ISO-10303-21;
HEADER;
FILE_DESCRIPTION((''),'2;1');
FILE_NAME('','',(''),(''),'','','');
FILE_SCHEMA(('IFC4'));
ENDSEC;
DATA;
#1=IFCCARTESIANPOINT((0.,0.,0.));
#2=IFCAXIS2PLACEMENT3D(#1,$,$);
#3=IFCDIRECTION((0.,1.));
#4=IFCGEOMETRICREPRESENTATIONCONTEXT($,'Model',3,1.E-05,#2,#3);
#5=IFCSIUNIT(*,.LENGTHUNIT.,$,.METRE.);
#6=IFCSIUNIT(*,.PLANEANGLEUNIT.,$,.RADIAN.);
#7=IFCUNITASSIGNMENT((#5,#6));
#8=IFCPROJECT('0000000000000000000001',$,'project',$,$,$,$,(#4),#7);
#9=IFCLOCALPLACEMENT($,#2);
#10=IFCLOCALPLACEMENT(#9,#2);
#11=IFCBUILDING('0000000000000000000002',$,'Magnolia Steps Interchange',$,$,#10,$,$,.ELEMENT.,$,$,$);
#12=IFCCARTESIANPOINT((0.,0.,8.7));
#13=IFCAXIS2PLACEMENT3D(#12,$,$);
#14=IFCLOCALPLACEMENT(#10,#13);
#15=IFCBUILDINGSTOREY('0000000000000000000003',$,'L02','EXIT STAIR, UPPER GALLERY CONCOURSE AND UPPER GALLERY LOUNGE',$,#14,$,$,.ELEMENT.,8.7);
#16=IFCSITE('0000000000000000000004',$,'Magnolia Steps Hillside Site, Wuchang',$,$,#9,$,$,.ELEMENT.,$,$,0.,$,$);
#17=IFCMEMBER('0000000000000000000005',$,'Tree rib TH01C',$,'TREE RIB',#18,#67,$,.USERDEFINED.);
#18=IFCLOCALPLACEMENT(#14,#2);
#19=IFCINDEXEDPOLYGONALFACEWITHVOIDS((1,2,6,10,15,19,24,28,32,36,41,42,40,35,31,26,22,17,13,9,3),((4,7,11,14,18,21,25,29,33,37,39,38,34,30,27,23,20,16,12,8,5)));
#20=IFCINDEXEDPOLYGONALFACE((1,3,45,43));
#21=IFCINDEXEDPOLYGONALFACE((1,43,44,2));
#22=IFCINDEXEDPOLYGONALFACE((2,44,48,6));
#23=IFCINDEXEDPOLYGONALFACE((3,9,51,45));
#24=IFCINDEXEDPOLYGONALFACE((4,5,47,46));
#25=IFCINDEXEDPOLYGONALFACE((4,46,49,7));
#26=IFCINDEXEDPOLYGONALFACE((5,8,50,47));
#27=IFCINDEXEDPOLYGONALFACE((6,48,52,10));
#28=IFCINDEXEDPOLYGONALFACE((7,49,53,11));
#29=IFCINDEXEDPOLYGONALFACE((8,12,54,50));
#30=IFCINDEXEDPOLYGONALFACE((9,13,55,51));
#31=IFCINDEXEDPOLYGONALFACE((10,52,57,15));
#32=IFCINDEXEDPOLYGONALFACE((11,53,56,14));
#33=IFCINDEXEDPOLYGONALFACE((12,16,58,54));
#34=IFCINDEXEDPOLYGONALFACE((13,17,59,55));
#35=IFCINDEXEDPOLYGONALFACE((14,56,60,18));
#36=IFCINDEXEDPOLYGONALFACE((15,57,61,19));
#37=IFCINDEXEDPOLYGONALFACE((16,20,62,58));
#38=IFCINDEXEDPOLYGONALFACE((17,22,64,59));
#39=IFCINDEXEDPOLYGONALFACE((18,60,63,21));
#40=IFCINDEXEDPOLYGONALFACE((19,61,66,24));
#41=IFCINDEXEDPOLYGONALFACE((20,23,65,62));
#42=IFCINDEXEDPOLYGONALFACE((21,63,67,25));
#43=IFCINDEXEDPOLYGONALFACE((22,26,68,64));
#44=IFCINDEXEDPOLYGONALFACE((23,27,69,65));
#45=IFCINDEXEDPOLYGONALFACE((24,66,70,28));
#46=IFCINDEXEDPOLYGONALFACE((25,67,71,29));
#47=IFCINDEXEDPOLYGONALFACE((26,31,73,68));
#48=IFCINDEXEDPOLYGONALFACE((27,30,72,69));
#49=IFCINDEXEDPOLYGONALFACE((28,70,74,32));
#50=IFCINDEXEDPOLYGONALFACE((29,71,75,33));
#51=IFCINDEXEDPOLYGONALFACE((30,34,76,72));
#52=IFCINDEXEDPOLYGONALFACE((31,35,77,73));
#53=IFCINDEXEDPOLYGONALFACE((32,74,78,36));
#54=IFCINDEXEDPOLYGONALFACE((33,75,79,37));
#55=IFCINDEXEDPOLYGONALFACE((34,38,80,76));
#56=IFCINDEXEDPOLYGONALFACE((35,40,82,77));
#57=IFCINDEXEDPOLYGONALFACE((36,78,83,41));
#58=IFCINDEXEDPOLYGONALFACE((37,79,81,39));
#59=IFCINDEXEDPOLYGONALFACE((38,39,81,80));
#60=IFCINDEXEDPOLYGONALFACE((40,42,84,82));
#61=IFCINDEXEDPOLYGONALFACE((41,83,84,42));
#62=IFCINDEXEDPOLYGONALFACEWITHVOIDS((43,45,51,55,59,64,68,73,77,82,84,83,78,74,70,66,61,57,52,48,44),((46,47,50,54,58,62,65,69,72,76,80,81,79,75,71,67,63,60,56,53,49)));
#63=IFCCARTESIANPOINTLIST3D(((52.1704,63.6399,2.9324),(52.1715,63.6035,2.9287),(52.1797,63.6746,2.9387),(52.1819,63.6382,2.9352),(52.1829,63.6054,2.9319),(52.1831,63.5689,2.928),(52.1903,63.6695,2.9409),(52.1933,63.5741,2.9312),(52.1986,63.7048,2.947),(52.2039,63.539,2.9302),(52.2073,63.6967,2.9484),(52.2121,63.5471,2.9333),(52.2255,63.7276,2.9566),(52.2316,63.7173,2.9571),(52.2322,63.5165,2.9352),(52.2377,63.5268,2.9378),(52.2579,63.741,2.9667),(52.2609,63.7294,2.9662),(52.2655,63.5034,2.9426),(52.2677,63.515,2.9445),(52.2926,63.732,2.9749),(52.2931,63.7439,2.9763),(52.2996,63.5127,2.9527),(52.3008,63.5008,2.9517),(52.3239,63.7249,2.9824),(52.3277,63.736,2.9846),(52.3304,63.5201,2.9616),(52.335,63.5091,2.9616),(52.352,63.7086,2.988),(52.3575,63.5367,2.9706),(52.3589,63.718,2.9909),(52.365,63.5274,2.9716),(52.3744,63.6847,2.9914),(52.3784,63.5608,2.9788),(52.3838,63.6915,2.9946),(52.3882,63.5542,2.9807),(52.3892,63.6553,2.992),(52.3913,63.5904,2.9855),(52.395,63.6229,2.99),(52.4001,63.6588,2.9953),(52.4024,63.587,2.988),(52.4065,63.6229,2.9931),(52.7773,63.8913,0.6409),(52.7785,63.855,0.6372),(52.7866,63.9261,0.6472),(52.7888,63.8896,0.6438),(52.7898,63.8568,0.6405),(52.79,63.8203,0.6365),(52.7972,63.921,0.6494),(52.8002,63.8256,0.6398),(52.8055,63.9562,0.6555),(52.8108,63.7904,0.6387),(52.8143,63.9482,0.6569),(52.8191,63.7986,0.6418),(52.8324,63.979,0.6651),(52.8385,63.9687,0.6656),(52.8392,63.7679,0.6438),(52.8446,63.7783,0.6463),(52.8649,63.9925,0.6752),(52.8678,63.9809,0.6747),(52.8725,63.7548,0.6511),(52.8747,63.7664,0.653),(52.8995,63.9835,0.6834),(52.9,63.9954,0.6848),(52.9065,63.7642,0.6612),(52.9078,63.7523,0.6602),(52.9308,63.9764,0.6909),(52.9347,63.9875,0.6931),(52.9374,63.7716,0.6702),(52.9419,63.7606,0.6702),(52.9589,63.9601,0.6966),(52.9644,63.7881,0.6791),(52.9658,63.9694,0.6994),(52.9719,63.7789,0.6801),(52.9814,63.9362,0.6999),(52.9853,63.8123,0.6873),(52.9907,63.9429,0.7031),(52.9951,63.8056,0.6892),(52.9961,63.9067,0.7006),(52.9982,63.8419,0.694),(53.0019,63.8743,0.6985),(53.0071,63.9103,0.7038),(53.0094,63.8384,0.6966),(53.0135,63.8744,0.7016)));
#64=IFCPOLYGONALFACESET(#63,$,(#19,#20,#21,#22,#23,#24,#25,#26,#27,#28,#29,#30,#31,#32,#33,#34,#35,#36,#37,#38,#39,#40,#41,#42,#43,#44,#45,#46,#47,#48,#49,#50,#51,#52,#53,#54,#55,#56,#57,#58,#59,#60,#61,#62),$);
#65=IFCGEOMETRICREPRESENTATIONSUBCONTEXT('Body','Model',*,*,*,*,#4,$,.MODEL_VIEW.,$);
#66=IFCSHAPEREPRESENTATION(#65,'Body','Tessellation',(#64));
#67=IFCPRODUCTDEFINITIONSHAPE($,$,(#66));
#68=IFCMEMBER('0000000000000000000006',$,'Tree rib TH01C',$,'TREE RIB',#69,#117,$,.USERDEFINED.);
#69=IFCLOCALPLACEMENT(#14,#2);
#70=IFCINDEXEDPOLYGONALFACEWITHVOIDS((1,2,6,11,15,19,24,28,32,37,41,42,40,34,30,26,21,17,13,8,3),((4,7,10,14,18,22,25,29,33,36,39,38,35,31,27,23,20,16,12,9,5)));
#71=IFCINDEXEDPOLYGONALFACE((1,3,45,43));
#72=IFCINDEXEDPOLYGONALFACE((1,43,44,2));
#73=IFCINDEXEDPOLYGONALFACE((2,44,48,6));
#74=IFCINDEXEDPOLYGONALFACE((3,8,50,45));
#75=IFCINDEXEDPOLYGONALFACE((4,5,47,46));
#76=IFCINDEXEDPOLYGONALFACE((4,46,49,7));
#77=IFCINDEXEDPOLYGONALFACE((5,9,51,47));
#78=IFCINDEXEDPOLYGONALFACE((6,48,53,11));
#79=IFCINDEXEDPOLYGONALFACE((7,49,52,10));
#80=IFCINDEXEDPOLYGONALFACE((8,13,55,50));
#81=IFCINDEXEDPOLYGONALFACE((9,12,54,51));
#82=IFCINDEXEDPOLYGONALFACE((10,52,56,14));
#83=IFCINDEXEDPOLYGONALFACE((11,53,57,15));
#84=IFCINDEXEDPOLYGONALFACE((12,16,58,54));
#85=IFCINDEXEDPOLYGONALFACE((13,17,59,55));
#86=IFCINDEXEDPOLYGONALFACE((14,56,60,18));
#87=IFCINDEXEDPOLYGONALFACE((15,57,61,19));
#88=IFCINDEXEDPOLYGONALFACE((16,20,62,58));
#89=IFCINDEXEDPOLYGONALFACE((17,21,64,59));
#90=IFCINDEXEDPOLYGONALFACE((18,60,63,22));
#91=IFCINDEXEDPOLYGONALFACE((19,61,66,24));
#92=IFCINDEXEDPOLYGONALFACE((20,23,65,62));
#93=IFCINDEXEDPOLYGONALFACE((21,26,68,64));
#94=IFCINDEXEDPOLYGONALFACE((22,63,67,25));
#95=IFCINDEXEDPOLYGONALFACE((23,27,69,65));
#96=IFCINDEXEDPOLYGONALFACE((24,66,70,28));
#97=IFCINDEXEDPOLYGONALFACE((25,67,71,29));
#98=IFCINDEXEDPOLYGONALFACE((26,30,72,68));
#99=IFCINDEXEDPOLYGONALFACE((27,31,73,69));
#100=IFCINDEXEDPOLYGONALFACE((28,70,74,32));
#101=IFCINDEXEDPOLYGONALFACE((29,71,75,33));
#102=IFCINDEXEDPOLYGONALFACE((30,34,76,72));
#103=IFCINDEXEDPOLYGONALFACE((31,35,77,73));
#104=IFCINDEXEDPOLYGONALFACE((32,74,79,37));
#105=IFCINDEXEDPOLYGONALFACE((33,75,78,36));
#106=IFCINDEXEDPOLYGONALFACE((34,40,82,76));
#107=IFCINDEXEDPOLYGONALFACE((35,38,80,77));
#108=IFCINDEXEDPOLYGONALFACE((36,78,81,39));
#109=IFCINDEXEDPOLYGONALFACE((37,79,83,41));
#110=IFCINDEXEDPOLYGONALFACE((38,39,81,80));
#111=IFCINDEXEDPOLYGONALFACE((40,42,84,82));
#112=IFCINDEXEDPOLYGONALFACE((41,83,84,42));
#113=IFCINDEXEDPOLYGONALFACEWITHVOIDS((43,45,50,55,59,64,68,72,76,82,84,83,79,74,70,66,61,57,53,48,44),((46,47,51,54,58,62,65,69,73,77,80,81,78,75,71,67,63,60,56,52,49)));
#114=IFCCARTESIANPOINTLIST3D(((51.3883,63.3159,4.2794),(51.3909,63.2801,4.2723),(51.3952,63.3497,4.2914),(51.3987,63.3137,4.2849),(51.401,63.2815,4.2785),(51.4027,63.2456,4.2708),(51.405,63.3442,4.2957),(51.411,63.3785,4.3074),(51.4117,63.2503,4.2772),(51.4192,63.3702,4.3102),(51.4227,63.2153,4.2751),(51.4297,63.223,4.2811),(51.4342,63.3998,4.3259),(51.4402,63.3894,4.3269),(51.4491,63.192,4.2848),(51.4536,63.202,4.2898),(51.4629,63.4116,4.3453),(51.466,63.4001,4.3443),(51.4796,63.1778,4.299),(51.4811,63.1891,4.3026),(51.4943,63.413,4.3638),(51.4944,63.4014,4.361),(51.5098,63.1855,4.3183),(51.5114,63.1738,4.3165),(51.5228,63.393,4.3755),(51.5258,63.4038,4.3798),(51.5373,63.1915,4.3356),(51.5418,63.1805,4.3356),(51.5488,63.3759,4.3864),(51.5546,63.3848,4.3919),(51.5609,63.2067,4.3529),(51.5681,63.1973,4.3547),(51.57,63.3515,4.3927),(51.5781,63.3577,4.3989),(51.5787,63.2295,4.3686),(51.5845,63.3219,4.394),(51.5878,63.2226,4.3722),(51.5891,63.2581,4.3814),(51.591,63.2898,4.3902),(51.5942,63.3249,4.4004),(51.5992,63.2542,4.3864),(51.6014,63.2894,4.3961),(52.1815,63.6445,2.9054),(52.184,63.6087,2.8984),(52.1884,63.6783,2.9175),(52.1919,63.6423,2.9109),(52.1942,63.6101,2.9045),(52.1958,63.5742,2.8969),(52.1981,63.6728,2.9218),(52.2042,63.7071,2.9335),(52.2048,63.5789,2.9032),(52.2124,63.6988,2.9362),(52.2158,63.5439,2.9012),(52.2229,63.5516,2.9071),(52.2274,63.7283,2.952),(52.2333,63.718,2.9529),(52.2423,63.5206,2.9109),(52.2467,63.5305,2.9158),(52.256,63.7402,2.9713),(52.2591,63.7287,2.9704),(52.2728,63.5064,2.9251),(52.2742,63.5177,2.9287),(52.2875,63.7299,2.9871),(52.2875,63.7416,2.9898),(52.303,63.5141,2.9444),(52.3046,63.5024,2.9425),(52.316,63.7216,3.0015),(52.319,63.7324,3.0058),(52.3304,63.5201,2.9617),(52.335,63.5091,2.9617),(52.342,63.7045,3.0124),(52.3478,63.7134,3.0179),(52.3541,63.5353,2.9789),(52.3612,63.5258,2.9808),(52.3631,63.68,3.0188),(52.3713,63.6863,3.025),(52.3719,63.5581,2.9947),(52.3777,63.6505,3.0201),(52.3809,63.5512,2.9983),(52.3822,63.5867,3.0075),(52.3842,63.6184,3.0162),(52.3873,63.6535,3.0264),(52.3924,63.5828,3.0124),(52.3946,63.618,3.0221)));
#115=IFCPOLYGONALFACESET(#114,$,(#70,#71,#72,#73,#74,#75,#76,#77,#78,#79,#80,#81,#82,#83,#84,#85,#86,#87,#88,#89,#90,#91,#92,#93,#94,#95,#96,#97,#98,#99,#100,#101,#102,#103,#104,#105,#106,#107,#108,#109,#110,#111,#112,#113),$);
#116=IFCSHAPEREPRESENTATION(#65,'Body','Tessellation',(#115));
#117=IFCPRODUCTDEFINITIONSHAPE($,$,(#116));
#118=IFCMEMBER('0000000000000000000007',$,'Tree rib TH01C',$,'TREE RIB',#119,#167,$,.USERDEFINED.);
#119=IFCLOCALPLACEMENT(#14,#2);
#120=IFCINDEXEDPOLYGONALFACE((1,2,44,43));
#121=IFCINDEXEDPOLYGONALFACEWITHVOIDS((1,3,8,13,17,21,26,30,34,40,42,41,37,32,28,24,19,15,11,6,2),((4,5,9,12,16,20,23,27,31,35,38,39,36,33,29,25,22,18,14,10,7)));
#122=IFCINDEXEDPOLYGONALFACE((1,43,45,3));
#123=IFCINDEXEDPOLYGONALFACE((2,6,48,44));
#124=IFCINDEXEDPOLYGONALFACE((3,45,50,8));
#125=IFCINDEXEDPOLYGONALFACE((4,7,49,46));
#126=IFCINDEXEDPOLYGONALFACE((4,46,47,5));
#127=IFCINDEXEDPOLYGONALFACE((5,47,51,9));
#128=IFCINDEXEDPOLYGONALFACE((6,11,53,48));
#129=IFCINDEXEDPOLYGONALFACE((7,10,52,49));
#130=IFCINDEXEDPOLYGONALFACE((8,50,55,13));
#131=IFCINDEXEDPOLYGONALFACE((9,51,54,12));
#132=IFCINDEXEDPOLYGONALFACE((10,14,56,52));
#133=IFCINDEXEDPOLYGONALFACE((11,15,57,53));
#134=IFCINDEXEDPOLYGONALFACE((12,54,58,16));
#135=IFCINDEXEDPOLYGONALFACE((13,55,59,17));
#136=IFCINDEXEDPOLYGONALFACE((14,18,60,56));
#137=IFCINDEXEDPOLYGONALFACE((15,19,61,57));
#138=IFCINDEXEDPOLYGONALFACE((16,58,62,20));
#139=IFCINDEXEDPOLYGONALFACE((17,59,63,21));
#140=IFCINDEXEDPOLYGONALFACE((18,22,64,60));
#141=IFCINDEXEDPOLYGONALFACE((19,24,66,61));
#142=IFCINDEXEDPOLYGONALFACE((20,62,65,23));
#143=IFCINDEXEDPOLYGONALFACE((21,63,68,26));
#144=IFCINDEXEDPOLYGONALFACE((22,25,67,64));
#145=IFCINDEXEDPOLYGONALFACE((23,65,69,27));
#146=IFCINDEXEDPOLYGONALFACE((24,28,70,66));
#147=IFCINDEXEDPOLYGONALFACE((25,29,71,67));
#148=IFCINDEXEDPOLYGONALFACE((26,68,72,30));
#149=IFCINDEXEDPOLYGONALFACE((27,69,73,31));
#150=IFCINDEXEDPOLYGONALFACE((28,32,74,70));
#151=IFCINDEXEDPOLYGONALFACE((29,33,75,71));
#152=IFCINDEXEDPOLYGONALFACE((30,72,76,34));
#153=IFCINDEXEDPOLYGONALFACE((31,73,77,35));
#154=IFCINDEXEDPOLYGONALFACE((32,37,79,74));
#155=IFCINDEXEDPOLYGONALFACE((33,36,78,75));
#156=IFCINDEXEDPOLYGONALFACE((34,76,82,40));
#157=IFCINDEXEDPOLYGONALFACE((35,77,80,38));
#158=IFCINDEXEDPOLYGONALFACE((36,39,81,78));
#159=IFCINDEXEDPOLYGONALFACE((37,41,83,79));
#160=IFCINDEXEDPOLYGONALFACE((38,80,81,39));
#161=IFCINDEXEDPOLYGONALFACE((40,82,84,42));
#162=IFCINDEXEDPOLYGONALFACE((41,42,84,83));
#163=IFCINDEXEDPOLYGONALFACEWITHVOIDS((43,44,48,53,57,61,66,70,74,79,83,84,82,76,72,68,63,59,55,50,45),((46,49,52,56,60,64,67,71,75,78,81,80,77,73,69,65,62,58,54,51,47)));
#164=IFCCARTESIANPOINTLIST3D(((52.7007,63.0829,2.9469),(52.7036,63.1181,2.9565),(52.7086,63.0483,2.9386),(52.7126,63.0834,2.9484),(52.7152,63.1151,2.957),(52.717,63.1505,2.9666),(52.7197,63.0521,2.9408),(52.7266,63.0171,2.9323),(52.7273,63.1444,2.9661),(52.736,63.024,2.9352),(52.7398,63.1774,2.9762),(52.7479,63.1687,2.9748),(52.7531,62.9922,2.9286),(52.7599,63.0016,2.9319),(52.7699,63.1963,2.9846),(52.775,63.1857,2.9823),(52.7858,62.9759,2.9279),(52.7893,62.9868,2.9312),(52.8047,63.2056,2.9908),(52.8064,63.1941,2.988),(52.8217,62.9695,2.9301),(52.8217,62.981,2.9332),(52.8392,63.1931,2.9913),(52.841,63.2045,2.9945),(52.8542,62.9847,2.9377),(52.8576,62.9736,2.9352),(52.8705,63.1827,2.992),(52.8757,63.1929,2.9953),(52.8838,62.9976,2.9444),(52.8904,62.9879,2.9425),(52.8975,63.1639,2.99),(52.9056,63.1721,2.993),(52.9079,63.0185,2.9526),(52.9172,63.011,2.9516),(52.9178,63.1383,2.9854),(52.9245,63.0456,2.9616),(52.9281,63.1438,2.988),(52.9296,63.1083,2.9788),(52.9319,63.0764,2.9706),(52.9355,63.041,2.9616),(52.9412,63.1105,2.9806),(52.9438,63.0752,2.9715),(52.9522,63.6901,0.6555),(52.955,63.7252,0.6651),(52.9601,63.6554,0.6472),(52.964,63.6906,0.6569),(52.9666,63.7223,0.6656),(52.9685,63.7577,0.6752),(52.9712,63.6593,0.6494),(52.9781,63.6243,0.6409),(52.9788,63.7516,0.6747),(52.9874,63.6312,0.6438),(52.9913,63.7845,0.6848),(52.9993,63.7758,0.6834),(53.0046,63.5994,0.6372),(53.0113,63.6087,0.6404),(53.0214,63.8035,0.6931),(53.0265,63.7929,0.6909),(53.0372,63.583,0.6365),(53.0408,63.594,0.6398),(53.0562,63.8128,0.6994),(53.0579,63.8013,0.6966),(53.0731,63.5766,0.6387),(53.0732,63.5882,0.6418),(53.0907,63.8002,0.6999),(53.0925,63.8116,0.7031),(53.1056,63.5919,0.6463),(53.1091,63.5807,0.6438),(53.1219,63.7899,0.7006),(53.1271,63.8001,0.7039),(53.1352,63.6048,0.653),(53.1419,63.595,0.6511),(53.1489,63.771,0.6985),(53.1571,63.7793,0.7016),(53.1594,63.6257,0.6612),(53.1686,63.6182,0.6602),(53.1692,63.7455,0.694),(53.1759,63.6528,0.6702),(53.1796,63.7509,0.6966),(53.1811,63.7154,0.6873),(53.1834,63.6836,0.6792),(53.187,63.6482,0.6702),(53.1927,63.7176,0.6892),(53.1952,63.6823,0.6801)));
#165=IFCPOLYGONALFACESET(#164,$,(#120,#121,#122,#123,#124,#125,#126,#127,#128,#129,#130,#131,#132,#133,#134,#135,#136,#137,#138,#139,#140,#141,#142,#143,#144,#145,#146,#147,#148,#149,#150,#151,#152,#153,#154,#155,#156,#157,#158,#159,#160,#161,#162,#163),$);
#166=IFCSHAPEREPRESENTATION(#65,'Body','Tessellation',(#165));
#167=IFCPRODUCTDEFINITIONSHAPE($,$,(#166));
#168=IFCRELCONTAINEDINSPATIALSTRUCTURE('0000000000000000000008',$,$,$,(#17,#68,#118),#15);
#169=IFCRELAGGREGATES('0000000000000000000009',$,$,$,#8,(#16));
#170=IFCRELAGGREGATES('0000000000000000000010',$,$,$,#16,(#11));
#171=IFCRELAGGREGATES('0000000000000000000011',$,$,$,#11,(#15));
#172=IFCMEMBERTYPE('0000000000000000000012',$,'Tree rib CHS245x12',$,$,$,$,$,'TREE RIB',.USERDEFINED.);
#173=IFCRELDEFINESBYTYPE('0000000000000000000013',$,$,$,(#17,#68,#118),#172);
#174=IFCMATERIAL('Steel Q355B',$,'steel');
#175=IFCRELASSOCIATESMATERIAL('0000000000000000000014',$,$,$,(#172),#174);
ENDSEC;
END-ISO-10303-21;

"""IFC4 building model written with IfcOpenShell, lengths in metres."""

from ifc_helpers import new_model, si_unit, direction, frame, origin, origin_2d, place, context, subcontext, project, spatial, hollow_circle, extrude, material, material_profile, profile_set, type_object, element, save


model = new_model("IFC4")

# Units and contexts
model_context = context("Model", 3, precision=1e-05, world=origin(), true_north=direction((0.0, 1.0)))
body_context = subcontext(model_context, "Body", "Model", "MODEL_VIEW")
ifc_project = project(units=[si_unit("LENGTHUNIT", "METRE"), si_unit("PLANEANGLEUNIT", "RADIAN")], contexts=[model_context])

# Site, building, storey
site_placement = place(None, origin())
site = spatial("IfcSite", under=ifc_project, at=site_placement, Name="Magnolia Steps Hillside Site, Wuchang", CompositionType="ELEMENT", RefElevation=0.0)
building_placement = place(site_placement, origin())
building = spatial("IfcBuilding", under=site, at=building_placement, Name="Magnolia Steps Interchange", CompositionType="ELEMENT")
storey_placement = place(building_placement, frame((0.0, 0.0, 8.7)))
storey = spatial("IfcBuildingStorey", under=building, at=storey_placement, Name="L02", Description="EXIT STAIR, UPPER GALLERY CONCOURSE AND UPPER GALLERY LOUNGE", CompositionType="ELEMENT", Elevation=8.7)

# Members
ifc_material_1 = material(Name="Steel Q355B", Category="steel")
ifc_material_profile_1 = material_profile(ifc_material_1, hollow_circle(Radius=0.1226, WallThickness=0.012, at=origin_2d()), Name="CHS245x12")
ifc_profile_set_1 = profile_set([ifc_material_profile_1], Name="Steel Q355B")
member_type = type_object("IfcMemberType", Name="Tree rib CHS245x12", ElementType="TREE RIB", PredefinedType="USERDEFINED", material=ifc_profile_set_1)
member_1_placement = place(storey_placement, frame((52.895, 63.8738, 0.6702), z_axis=(-0.254606, -0.105488, 0.961274), x_axis=(0.382768, -0.923845, 0.0)))
element("IfcMember", 1, at=member_1_placement, inside=storey, type_object=member_type, Name="Tree rib TH01C", ObjectType="TREE RIB", PredefinedType="USERDEFINED", context=body_context, shape_type="SweptSolid", body=[
    extrude(hollow_circle(Radius=0.1226, WallThickness=0.012, at=origin_2d()), origin(), (0.0, 0.0, 1.0), 2.3838),
])
member_2_placement = place(storey_placement, frame((52.2881, 63.6223, 2.9617), z_axis=(-0.489571, -0.20282, 0.848047), x_axis=(0.382737, -0.923857, 0.0)))
element("IfcMember", 2, at=member_2_placement, inside=storey, type_object=member_type, Name="Tree rib TH01C", ObjectType="TREE RIB", PredefinedType="USERDEFINED", context=body_context, shape_type="SweptSolid", body=[
    extrude(hollow_circle(Radius=0.1226, WallThickness=0.012, at=origin_2d()), origin(), (0.0, 0.0, 1.0), 1.6201),
])
member_3_placement = place(storey_placement, frame((53.0737, 63.6951, 0.6702), z_axis=(-0.105485, -0.254701, 0.961249), x_axis=(0.923899, -0.382636, 0.0)))
element("IfcMember", 3, at=member_3_placement, inside=storey, type_object=member_type, Name="Tree rib TH01C", ObjectType="TREE RIB", PredefinedType="USERDEFINED", context=body_context, shape_type="SweptSolid", body=[
    extrude(hollow_circle(Radius=0.1226, WallThickness=0.012, at=origin_2d()), origin(), (0.0, 0.0, 1.0), 2.3838),
])

save(model, "model.ifc")
